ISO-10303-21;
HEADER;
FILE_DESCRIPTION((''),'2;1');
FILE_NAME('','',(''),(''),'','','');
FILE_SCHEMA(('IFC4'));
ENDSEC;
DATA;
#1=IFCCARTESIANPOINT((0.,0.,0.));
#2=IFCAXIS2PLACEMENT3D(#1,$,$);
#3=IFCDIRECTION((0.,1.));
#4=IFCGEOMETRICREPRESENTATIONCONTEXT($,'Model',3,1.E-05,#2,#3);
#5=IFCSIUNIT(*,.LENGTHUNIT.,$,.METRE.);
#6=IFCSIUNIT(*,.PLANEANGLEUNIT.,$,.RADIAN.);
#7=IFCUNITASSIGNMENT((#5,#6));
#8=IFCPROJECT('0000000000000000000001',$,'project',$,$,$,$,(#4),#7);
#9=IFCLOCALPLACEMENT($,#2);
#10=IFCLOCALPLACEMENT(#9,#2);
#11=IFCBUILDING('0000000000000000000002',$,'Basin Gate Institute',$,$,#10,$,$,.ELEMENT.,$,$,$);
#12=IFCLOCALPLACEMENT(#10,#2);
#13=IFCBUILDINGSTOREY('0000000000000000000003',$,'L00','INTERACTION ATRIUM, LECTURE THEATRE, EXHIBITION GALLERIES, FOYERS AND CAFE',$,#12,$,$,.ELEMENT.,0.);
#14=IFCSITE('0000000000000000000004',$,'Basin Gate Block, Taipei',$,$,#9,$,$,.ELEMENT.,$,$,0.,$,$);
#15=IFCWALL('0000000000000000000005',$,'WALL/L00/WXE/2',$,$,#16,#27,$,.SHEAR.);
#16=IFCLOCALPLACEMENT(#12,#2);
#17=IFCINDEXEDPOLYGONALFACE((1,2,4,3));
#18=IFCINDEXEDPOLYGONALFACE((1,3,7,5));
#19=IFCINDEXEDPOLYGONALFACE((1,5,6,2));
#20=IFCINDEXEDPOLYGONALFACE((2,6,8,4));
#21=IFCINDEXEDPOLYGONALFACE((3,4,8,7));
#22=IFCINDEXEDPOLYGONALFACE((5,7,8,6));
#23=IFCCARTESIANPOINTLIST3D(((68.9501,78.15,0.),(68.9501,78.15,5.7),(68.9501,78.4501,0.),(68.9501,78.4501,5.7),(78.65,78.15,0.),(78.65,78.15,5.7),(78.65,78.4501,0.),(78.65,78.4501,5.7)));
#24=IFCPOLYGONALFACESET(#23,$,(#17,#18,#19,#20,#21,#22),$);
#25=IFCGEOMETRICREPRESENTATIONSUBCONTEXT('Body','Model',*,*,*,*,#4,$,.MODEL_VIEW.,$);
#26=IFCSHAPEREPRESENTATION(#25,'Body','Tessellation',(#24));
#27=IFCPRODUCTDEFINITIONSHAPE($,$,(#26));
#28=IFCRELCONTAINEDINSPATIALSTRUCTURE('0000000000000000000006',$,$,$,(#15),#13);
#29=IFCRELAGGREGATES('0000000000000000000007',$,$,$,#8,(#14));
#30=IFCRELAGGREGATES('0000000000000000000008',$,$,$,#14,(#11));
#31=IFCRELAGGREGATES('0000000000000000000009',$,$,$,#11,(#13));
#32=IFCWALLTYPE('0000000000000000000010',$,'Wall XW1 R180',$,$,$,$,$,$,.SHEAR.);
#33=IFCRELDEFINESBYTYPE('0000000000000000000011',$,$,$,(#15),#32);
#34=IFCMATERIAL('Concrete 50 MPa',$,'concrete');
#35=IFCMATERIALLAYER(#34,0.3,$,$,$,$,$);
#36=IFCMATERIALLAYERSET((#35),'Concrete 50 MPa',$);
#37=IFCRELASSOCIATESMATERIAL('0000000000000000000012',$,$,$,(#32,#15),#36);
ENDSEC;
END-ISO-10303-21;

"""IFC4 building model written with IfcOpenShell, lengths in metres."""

from ifc_helpers import new_model, si_unit, direction, frame, frame_2d, origin, place, context, subcontext, project, spatial, rectangle, extrude, material, layer, layer_set, type_object, element, save


model = new_model("IFC4")

# Units and contexts
model_context = context("Model", 3, precision=1e-05, world=origin(), true_north=direction((0.0, 1.0)))
body_context = subcontext(model_context, "Body", "Model", "MODEL_VIEW")
ifc_project = project(units=[si_unit("LENGTHUNIT", "METRE"), si_unit("PLANEANGLEUNIT", "RADIAN")], contexts=[model_context])

# Site, building, storey
site_placement = place(None, origin())
site = spatial("IfcSite", under=ifc_project, at=site_placement, Name="Basin Gate Block, Taipei", CompositionType="ELEMENT", RefElevation=0.0)
building_placement = place(site_placement, origin())
building = spatial("IfcBuilding", under=site, at=building_placement, Name="Basin Gate Institute", CompositionType="ELEMENT")
storey_placement = place(building_placement, origin())
storey = spatial("IfcBuildingStorey", under=building, at=storey_placement, Name="L00", Description="INTERACTION ATRIUM, LECTURE THEATRE, EXHIBITION GALLERIES, FOYERS AND CAFE", CompositionType="ELEMENT", Elevation=0.0)

# Wall
ifc_material_1 = material(Name="Concrete 50 MPa", Category="concrete")
ifc_layer_1 = layer(ifc_material_1, 0.3)
ifc_layer_set_1 = layer_set([ifc_layer_1], Name="Concrete 50 MPa")
wall_type_1 = type_object("IfcWallType", Name="Wall XW1 R180", PredefinedType="SHEAR", material=ifc_layer_set_1)
wall_1_placement = place(storey_placement, frame((68.95, 78.3, 0.0), z_axis=(0.0, 0.0, 1.0), x_axis=(1.0, 0.0, 0.0)))
element("IfcWall", 1, at=wall_1_placement, inside=storey, type_object=wall_type_1, material=ifc_layer_set_1, Name="WALL/L00/WXE/2", PredefinedType="SHEAR", context=body_context, shape_type="SweptSolid", body=[
    extrude(rectangle(XDim=9.7, YDim=0.3, at=frame_2d((4.8501, 0.0))), origin(), (0.0, 0.0, 1.0), 5.7),
])

save(model, "model.ifc")
